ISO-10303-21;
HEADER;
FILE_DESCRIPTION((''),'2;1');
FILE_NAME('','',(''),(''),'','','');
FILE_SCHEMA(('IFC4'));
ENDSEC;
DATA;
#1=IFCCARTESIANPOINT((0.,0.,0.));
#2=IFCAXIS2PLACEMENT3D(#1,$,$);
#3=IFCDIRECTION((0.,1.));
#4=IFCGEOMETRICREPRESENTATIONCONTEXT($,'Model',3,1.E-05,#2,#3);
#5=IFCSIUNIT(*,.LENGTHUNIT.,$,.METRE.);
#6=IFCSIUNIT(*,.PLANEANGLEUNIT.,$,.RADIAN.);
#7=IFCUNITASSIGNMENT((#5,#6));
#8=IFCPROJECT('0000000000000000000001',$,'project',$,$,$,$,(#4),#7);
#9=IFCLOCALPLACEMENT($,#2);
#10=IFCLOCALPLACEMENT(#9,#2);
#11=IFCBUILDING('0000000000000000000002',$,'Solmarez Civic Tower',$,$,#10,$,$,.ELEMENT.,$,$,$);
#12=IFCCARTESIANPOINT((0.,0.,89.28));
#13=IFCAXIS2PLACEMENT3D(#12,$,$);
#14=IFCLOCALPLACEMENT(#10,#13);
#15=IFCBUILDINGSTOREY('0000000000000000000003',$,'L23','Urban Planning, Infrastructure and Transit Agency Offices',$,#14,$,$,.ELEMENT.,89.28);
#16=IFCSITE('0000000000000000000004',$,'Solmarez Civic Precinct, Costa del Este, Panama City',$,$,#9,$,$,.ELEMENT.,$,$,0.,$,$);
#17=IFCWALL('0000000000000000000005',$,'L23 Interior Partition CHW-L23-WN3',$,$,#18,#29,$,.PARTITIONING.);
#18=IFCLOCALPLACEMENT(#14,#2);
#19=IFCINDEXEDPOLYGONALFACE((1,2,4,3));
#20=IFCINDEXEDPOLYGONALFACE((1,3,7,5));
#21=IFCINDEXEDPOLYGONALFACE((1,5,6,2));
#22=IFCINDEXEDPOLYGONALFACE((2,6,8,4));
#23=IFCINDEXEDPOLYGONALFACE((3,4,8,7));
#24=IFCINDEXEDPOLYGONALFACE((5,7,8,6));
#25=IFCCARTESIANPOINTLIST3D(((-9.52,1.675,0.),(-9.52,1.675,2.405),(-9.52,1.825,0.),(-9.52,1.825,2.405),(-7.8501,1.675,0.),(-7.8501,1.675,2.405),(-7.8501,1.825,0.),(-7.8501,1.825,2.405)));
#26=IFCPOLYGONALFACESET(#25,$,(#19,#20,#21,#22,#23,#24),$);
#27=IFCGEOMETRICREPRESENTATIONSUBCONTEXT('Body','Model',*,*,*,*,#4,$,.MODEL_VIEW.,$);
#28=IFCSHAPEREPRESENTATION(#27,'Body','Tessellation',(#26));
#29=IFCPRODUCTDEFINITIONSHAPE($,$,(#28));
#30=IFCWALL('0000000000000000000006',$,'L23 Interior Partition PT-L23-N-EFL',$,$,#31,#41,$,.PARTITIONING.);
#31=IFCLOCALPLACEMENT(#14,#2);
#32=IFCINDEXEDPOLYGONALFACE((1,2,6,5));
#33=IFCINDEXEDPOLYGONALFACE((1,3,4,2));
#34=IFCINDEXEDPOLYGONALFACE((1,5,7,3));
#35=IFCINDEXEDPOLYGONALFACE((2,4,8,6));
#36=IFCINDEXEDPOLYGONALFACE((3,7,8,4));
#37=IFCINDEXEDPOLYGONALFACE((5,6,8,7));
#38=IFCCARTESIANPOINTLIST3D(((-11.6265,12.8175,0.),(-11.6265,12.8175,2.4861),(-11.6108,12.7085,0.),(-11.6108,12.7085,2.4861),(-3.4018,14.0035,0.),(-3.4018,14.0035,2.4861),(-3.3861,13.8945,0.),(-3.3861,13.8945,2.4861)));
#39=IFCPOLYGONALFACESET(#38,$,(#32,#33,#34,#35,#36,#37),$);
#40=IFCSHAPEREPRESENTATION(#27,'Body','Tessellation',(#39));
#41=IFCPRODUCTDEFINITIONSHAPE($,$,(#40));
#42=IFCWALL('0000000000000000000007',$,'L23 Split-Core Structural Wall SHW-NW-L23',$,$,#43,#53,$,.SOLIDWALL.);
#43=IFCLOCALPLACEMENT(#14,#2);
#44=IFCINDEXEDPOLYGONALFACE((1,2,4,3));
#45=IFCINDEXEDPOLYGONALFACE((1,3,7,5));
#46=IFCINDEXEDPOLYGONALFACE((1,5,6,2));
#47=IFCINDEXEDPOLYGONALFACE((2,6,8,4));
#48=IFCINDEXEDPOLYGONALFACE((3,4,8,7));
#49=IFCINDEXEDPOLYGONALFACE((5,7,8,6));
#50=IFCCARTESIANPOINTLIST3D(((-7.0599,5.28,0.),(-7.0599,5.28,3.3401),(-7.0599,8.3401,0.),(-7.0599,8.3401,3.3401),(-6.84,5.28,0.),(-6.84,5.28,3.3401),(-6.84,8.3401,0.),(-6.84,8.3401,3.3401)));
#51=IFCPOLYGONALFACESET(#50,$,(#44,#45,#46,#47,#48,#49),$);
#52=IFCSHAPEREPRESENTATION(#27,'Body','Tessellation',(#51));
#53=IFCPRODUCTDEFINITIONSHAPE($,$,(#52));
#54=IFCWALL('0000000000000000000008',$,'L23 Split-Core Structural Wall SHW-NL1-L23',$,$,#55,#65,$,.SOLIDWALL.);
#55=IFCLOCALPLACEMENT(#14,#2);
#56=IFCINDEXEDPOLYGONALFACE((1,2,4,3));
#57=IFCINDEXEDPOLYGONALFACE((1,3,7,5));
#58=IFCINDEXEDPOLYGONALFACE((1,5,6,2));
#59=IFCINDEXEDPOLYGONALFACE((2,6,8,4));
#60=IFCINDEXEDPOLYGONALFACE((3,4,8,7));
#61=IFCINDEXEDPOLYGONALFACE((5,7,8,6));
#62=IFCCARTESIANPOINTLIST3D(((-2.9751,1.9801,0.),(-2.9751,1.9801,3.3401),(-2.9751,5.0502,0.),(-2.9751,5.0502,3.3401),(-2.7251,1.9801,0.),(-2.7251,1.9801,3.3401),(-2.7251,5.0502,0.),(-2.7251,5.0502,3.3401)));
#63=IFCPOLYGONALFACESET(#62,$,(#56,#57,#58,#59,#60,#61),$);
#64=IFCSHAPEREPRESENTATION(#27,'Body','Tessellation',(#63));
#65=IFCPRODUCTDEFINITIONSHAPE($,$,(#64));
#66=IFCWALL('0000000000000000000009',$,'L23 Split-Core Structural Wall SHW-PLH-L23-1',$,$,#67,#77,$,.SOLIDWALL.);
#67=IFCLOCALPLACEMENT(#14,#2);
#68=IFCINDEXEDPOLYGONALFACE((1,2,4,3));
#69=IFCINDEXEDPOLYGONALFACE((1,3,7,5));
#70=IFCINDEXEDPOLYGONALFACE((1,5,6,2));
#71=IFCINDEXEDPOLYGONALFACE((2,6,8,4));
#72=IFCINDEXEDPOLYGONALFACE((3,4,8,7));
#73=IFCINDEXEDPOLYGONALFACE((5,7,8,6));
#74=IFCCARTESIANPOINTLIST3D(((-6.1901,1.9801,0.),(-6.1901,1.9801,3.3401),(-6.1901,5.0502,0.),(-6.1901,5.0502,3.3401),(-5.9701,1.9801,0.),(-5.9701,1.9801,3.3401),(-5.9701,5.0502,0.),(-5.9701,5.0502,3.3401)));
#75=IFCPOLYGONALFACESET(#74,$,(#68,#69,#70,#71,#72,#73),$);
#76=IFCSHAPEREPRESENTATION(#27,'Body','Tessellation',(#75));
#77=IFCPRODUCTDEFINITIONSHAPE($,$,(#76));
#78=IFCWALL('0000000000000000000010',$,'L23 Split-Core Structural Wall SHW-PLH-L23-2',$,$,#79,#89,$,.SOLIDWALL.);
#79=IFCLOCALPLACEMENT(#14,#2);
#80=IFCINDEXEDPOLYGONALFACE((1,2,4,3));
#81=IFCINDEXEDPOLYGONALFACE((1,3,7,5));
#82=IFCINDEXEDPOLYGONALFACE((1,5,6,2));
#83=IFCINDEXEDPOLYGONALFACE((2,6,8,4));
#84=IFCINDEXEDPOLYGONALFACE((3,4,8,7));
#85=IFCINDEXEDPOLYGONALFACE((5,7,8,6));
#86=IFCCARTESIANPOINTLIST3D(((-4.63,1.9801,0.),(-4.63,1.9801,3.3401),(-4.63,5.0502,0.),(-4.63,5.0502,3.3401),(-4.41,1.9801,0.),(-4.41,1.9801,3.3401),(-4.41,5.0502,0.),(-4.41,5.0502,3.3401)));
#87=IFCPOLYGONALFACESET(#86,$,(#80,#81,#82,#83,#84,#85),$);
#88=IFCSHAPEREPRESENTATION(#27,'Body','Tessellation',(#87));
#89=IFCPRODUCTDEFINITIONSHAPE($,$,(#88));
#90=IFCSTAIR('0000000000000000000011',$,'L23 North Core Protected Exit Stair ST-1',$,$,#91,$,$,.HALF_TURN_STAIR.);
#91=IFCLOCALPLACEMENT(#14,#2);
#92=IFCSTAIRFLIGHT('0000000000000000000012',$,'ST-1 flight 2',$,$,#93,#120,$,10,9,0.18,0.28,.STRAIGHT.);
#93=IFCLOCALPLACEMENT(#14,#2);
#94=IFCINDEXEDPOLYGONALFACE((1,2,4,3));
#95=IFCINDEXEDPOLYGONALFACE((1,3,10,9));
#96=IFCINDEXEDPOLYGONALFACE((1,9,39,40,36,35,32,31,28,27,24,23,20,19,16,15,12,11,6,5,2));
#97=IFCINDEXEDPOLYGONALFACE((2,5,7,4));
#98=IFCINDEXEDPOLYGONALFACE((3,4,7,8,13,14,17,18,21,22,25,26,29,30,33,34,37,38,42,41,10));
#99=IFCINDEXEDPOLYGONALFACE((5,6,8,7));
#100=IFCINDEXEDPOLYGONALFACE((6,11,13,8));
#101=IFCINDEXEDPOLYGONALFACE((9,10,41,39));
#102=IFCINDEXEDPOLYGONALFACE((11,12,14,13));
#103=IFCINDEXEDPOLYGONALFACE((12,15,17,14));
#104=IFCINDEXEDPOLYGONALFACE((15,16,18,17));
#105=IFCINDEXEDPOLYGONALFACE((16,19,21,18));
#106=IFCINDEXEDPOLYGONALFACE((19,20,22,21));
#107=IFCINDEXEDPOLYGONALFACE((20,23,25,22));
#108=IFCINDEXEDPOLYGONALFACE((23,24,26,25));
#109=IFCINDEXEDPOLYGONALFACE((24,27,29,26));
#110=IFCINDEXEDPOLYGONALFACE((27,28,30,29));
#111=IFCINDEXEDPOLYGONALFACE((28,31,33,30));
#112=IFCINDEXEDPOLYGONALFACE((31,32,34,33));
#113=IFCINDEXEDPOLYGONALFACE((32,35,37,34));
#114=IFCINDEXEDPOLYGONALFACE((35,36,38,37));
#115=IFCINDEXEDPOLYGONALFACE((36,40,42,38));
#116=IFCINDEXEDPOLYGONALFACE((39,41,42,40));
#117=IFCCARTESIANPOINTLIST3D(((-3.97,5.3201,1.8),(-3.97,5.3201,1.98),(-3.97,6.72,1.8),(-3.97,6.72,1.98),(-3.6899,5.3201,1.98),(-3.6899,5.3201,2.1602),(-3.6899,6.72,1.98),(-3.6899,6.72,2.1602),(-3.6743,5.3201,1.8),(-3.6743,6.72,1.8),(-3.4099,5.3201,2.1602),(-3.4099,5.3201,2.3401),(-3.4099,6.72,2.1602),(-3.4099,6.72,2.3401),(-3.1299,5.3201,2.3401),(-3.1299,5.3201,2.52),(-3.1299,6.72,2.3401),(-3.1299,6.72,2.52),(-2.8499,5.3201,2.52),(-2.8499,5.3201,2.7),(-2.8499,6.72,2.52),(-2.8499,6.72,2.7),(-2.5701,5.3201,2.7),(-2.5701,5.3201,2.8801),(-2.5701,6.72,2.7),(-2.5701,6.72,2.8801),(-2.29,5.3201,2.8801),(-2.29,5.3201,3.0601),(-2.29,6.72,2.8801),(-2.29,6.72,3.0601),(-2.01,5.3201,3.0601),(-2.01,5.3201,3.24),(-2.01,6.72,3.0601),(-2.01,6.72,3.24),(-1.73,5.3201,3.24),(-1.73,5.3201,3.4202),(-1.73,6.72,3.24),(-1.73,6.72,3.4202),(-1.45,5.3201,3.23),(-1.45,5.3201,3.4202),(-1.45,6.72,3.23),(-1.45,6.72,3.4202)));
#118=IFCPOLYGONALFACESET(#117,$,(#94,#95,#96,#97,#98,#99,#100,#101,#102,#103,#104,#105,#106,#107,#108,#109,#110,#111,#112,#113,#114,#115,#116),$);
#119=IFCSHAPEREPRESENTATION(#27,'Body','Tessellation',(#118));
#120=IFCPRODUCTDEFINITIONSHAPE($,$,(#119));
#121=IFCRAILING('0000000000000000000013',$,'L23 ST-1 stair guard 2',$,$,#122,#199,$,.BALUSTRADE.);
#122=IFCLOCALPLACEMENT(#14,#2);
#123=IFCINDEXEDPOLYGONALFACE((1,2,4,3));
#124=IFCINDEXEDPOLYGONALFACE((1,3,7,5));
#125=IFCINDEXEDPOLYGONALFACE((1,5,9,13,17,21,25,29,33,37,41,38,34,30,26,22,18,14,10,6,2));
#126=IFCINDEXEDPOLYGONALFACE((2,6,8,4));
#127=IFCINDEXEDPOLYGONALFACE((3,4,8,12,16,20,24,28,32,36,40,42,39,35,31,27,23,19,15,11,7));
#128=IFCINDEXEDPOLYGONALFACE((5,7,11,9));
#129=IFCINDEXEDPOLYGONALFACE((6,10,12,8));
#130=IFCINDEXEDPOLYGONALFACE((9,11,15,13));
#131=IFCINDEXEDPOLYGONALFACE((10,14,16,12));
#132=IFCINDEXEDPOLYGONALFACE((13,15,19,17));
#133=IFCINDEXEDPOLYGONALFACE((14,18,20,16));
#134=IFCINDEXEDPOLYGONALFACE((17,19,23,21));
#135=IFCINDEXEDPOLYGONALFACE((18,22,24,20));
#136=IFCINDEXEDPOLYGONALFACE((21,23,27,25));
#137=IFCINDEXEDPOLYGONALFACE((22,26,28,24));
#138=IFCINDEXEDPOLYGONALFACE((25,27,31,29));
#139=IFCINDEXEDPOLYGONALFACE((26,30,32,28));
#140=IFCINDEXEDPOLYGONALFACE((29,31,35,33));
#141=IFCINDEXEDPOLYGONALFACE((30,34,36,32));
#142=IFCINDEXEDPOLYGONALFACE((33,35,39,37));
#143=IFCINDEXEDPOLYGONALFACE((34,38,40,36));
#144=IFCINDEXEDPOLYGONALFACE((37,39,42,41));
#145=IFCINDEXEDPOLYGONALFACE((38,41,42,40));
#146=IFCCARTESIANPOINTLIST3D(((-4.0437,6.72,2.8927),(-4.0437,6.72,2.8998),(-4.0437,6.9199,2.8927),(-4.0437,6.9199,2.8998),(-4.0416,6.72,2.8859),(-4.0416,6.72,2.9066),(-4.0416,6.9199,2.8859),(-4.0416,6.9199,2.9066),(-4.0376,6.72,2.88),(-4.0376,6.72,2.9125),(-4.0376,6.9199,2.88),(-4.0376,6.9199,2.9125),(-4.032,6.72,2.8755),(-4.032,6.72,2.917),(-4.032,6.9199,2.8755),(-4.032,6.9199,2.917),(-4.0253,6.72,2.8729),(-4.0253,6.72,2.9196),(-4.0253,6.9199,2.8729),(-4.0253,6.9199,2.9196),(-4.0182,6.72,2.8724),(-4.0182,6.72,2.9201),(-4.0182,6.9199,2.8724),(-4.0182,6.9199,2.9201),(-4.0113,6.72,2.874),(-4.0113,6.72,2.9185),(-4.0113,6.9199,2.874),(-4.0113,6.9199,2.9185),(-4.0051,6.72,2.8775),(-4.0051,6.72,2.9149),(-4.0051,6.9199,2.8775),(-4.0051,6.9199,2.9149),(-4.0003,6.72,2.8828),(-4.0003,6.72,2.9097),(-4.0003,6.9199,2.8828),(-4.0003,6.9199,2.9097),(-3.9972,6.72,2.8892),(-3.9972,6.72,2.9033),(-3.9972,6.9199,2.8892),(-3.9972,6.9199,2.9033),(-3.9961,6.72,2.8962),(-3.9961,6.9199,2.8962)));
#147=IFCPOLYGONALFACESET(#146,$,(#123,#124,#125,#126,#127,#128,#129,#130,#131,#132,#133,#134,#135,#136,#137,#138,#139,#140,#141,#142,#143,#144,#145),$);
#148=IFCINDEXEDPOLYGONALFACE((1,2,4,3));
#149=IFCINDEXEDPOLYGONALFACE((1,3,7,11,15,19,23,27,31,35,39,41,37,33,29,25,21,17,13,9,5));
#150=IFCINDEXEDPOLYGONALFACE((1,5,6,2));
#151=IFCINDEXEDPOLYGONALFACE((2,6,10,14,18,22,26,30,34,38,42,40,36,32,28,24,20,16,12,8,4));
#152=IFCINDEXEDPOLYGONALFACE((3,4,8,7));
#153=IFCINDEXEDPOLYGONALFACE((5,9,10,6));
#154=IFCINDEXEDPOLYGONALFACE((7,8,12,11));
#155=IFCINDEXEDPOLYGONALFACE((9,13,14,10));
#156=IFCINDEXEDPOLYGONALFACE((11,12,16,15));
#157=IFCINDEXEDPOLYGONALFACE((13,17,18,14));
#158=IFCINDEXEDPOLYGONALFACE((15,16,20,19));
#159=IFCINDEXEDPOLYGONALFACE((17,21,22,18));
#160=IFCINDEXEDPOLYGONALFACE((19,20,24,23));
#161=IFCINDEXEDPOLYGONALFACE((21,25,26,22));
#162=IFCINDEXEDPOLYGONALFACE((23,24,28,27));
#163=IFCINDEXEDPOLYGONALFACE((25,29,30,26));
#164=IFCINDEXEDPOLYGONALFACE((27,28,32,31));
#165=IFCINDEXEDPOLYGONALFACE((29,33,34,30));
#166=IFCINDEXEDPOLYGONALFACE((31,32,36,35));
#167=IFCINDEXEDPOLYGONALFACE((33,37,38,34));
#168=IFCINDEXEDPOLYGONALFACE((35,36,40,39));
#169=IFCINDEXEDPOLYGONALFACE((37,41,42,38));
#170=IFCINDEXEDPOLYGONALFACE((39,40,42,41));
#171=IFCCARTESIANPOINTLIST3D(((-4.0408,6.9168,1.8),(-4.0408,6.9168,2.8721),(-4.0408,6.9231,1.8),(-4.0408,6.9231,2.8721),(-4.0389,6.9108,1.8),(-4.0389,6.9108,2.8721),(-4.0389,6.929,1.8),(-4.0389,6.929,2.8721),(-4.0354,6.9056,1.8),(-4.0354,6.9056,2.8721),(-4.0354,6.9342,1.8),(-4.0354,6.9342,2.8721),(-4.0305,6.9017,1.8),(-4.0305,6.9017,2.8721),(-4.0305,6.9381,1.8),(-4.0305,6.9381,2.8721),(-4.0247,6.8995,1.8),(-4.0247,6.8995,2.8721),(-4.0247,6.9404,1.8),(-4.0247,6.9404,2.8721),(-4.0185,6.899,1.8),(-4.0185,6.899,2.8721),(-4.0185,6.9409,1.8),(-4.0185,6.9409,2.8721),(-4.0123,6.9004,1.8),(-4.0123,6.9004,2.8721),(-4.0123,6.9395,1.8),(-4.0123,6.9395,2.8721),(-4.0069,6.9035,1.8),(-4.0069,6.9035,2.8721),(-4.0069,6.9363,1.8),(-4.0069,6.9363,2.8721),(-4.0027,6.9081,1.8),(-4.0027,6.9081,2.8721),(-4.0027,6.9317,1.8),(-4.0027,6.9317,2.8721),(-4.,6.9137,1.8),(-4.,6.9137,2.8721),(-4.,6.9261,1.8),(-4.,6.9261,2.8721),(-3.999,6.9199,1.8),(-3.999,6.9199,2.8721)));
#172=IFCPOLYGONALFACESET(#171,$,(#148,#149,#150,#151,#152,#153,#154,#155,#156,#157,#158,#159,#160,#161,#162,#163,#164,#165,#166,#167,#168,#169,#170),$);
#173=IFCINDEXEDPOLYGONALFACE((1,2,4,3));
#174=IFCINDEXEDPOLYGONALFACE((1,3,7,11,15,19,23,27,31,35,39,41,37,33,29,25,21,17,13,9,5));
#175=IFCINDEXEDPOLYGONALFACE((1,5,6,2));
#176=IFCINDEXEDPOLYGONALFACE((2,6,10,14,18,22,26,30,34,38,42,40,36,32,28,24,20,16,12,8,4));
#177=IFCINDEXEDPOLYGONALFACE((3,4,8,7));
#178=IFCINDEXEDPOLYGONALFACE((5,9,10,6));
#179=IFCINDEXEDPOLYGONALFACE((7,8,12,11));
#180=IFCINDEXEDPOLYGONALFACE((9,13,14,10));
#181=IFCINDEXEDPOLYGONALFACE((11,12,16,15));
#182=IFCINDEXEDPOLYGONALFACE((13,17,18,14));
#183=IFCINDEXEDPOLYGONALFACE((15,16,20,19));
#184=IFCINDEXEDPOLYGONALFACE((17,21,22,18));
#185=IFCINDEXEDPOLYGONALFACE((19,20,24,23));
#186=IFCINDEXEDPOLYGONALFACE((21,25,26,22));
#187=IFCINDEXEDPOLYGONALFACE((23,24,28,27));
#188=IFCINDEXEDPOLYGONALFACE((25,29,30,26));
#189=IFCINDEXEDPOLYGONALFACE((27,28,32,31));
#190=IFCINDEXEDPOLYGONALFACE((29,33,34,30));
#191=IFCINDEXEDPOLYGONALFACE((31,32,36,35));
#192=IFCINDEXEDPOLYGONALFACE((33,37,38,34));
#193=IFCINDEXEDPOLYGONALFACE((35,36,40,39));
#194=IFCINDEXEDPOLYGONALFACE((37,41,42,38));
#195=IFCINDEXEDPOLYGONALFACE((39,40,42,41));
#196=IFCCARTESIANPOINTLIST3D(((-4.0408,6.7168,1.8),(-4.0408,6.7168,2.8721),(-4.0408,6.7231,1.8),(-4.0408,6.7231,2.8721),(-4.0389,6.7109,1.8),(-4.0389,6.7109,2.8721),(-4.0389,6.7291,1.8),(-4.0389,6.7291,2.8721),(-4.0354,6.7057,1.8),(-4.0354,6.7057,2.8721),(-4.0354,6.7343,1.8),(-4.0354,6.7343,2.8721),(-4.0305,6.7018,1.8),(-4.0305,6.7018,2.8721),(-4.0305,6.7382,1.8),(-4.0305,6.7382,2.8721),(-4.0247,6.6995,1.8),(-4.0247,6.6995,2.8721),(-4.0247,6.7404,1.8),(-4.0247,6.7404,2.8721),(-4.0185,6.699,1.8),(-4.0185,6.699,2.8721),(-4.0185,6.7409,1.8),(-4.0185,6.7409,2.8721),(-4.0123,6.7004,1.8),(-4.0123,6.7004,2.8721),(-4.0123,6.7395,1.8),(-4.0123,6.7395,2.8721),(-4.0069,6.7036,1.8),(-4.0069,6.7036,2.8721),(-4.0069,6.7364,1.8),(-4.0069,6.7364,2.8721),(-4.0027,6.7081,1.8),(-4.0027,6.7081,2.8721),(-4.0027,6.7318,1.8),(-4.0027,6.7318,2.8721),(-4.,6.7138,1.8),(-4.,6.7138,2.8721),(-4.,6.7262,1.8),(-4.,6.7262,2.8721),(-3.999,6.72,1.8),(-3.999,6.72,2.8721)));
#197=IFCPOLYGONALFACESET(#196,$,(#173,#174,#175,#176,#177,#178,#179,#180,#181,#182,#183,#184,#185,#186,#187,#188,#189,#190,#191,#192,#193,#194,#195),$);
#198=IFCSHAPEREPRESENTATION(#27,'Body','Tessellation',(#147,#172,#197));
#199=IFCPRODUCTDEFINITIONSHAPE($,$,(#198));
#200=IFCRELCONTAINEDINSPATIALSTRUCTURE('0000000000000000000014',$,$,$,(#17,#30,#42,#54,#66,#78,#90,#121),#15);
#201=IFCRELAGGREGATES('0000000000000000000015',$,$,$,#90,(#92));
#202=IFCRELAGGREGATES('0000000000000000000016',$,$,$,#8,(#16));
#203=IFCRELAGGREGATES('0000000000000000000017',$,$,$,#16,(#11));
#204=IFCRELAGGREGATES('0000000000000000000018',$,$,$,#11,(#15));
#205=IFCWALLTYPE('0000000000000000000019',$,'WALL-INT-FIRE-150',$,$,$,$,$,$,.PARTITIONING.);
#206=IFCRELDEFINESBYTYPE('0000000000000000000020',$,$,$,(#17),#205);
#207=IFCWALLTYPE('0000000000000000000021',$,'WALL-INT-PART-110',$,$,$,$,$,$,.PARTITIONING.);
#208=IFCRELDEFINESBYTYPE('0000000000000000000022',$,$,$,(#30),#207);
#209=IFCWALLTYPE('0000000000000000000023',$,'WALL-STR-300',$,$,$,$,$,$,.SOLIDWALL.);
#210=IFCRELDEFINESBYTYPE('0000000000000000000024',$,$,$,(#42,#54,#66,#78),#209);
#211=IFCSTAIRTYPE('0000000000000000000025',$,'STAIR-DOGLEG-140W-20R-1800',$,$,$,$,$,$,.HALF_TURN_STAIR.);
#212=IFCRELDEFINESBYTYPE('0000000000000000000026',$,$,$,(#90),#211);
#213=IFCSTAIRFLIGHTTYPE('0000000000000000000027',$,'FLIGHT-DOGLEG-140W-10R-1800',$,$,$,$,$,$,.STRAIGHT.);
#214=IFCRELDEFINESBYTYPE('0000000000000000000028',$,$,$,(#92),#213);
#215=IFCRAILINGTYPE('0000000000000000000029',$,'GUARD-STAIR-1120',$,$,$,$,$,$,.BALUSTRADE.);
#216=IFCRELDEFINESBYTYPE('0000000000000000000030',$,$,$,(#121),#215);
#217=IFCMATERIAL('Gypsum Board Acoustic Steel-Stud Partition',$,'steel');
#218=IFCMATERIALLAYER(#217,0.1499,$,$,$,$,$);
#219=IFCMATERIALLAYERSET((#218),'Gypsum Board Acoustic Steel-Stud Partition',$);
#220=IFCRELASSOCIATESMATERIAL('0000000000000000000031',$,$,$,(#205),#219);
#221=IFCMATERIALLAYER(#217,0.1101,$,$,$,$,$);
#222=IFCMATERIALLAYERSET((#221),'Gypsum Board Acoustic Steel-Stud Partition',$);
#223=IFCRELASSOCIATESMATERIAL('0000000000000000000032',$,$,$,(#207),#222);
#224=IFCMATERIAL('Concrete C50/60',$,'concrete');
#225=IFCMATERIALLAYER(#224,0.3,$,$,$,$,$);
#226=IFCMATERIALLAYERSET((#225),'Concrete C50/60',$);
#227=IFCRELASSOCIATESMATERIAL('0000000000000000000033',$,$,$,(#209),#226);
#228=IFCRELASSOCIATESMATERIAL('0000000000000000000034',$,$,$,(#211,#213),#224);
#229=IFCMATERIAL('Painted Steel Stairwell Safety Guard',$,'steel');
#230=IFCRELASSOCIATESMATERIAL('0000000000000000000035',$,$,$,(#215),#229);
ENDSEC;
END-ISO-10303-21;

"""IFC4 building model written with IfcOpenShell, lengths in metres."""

from ifc_helpers import new_model, si_unit, direction, frame, frame_2d, origin, origin_2d, place, context, subcontext, project, spatial, polyline, rectangle, circle, outline, extrude, material, layer, layer_set, type_object, element, aggregate, save


model = new_model("IFC4")

# Units and contexts
model_context = context("Model", 3, precision=1e-05, world=origin(), true_north=direction((0.0, 1.0)))
body_context = subcontext(model_context, "Body", "Model", "MODEL_VIEW")
ifc_project = project(units=[si_unit("LENGTHUNIT", "METRE"), si_unit("PLANEANGLEUNIT", "RADIAN")], contexts=[model_context])

# Site, building, storey
site_placement = place(None, origin())
site = spatial("IfcSite", under=ifc_project, at=site_placement, Name="Solmarez Civic Precinct, Costa del Este, Panama City", CompositionType="ELEMENT", RefElevation=0.0)
building_placement = place(site_placement, origin())
building = spatial("IfcBuilding", under=site, at=building_placement, Name="Solmarez Civic Tower", CompositionType="ELEMENT")
storey_placement = place(building_placement, frame((0.0, 0.0, 89.28)))
storey = spatial("IfcBuildingStorey", under=building, at=storey_placement, Name="L23", Description="Urban Planning, Infrastructure and Transit Agency Offices", CompositionType="ELEMENT", Elevation=89.28)

# Shared definitions
ifc_material_1 = material(Name="Concrete C50/60", Category="concrete")

# Walls
ifc_material_2 = material(Name="Gypsum Board Acoustic Steel-Stud Partition", Category="steel")
ifc_layer_1 = layer(ifc_material_2, 0.1499)
ifc_layer_set_1 = layer_set([ifc_layer_1], Name="Gypsum Board Acoustic Steel-Stud Partition")
wall_type_1 = type_object("IfcWallType", Name="WALL-INT-FIRE-150", PredefinedType="PARTITIONING", material=ifc_layer_set_1)
wall_1_placement = place(storey_placement, frame((-7.8501, 1.75, 0.0), z_axis=(0.0, 0.0, 1.0), x_axis=(-1.0, 0.0, 0.0)))
element("IfcWall", 1, at=wall_1_placement, inside=storey, type_object=wall_type_1, Name="L23 Interior Partition CHW-L23-WN3", PredefinedType="PARTITIONING", context=body_context, shape_type="SweptSolid", body=[
    extrude(rectangle(XDim=1.6699, YDim=0.1499, at=frame_2d((0.835, 0.0))), origin(), (0.0, 0.0, 1.0), 2.405),
])
ifc_layer_2 = layer(ifc_material_2, 0.1101)
ifc_layer_set_2 = layer_set([ifc_layer_2], Name="Gypsum Board Acoustic Steel-Stud Partition")
wall_type_2 = type_object("IfcWallType", Name="WALL-INT-PART-110", PredefinedType="PARTITIONING", material=ifc_layer_set_2)
wall_2_placement = place(storey_placement, frame((-3.394, 13.949, 0.0), z_axis=(0.0, 0.0, 1.0), x_axis=(-0.989762, -0.142725, 0.0)))
element("IfcWall", 2, at=wall_2_placement, inside=storey, type_object=wall_type_2, Name="L23 Interior Partition PT-L23-N-EFL", PredefinedType="PARTITIONING", context=body_context, shape_type="SweptSolid", body=[
    extrude(rectangle(XDim=8.3098, YDim=0.1101, at=frame_2d((4.1548, 0.0))), origin(), (0.0, 0.0, 1.0), 2.4861),
])
ifc_layer_3 = layer(ifc_material_1, 0.3)
ifc_layer_set_3 = layer_set([ifc_layer_3], Name="Concrete C50/60")
wall_type_3 = type_object("IfcWallType", Name="WALL-STR-300", PredefinedType="SOLIDWALL", material=ifc_layer_set_3)
wall_3_placement = place(storey_placement, frame((-6.95, 5.28, 0.0), z_axis=(0.0, 0.0, 1.0), x_axis=(0.0, 1.0, 0.0)))
element("IfcWall", 3, at=wall_3_placement, inside=storey, type_object=wall_type_3, Name="L23 Split-Core Structural Wall SHW-NW-L23", PredefinedType="SOLIDWALL", context=body_context, shape_type="SweptSolid", body=[
    extrude(rectangle(XDim=3.0601, YDim=0.22, at=frame_2d((1.53, 0.0))), origin(), (0.0, 0.0, 1.0), 3.3401),
])
wall_4_placement = place(storey_placement, frame((-2.8501, 1.98, 0.0), z_axis=(0.0, 0.0, 1.0), x_axis=(0.0, 1.0, 0.0)))
element("IfcWall", 4, at=wall_4_placement, inside=storey, type_object=wall_type_3, Name="L23 Split-Core Structural Wall SHW-NL1-L23", PredefinedType="SOLIDWALL", context=body_context, shape_type="SweptSolid", body=[
    extrude(rectangle(XDim=3.0701, YDim=0.25, at=frame_2d((1.5352, 0.0))), origin(), (0.0, 0.0, 1.0), 3.3401),
])
for number, where, z_axis, x_axis, name in (
    (5, (-6.0801, 1.98, 0.0), (0.0, 0.0, 1.0), (0.0, 1.0, 0.0), "L23 Split-Core Structural Wall SHW-PLH-L23-1"),
    (6, (-4.52, 1.98, 0.0), (0.0, 0.0, 1.0), (0.0, 1.0, 0.0), "L23 Split-Core Structural Wall SHW-PLH-L23-2"),
):
    element("IfcWall", number, at=place(storey_placement, frame(where, z_axis=z_axis, x_axis=x_axis)), inside=storey, type_object=wall_type_3, Name=name, PredefinedType="SOLIDWALL", context=body_context, shape_type="SweptSolid", body=[
        extrude(rectangle(XDim=3.0701, YDim=0.22, at=frame_2d((1.5352, 0.0))), origin(), (0.0, 0.0, 1.0), 3.3401),
    ])

# Stair, stair flight
stair_type = type_object("IfcStairType", Name="STAIR-DOGLEG-140W-20R-1800", PredefinedType="HALF_TURN_STAIR", material=ifc_material_1)
stair_placement = place(storey_placement, origin())
stair = element("IfcStair", 7, at=stair_placement, inside=storey, type_object=stair_type, Name="L23 North Core Protected Exit Stair ST-1", PredefinedType="HALF_TURN_STAIR")
stair_flight_type = type_object("IfcStairFlightType", Name="FLIGHT-DOGLEG-140W-10R-1800", PredefinedType="STRAIGHT", material=ifc_material_1)
stair_flight_placement = place(storey_placement, frame((-3.97, 6.02, 1.8), z_axis=(0.0, 0.0, 1.0), x_axis=(1.0, 0.0, 0.0)))
stair_flight = element("IfcStairFlight", 8, at=stair_flight_placement, type_object=stair_flight_type, Name="ST-1 flight 2", NumberOfRisers=10, NumberOfTreads=9, PredefinedType="STRAIGHT", RiserHeight=0.18, TreadLength=0.28, context=body_context, shape_type="SweptSolid", body=[
    extrude(outline(polyline([(0.0, 0.0), (0.0, 0.1799), (0.28, 0.1799), (0.28, 0.3601), (0.5601, 0.3601), (0.5601, 0.54), (0.8401, 0.54), (0.8401, 0.72), (1.1201, 0.72), (1.1201, 0.8999), (1.3999, 0.8999), (1.3999, 1.0801), (1.6799, 1.0801), (1.6799, 1.26), (1.96, 1.26), (1.96, 1.4399), (2.24, 1.4399), (2.24, 1.6201), (2.52, 1.6201), (2.52, 1.8), (2.52, 1.4299), (0.2957, 0.0), (0.0, 0.0)])), frame((0.0, 0.7, 0.0), z_axis=(0.0, -1.0, 0.0), x_axis=(1.0, 0.0, 0.0)), (0.0, 0.0, 1.0), 1.3999),
])
aggregate(stair, [stair_flight])

# Railing
ifc_material_3 = material(Name="Painted Steel Stairwell Safety Guard", Category="steel")
railing_type_1 = type_object("IfcRailingType", Name="GUARD-STAIR-1120", PredefinedType="BALUSTRADE", material=ifc_material_3)
railing_1_placement = place(storey_placement, frame((-4.02, 6.9199, 1.8)))
element("IfcRailing", 9, at=railing_1_placement, inside=storey, type_object=railing_type_1, Name="L23 ST-1 stair guard 2", PredefinedType="BALUSTRADE", context=body_context, shape_type="SweptSolid", body=[
    extrude(circle(Radius=0.0239, at=origin_2d()), frame((0.0, 0.0, 1.0962), z_axis=(0.0, -1.0, 0.0), x_axis=(1.0, 0.0, 0.0)), (0.0, 0.0, 1.0), 0.2),
    extrude(circle(Radius=0.021, at=origin_2d()), origin(), (0.0, 0.0, 1.0), 1.072),
    extrude(circle(Radius=0.021, at=origin_2d()), frame((0.0, -0.2, 0.0)), (0.0, 0.0, 1.0), 1.072),
])

save(model, "model.ifc")
